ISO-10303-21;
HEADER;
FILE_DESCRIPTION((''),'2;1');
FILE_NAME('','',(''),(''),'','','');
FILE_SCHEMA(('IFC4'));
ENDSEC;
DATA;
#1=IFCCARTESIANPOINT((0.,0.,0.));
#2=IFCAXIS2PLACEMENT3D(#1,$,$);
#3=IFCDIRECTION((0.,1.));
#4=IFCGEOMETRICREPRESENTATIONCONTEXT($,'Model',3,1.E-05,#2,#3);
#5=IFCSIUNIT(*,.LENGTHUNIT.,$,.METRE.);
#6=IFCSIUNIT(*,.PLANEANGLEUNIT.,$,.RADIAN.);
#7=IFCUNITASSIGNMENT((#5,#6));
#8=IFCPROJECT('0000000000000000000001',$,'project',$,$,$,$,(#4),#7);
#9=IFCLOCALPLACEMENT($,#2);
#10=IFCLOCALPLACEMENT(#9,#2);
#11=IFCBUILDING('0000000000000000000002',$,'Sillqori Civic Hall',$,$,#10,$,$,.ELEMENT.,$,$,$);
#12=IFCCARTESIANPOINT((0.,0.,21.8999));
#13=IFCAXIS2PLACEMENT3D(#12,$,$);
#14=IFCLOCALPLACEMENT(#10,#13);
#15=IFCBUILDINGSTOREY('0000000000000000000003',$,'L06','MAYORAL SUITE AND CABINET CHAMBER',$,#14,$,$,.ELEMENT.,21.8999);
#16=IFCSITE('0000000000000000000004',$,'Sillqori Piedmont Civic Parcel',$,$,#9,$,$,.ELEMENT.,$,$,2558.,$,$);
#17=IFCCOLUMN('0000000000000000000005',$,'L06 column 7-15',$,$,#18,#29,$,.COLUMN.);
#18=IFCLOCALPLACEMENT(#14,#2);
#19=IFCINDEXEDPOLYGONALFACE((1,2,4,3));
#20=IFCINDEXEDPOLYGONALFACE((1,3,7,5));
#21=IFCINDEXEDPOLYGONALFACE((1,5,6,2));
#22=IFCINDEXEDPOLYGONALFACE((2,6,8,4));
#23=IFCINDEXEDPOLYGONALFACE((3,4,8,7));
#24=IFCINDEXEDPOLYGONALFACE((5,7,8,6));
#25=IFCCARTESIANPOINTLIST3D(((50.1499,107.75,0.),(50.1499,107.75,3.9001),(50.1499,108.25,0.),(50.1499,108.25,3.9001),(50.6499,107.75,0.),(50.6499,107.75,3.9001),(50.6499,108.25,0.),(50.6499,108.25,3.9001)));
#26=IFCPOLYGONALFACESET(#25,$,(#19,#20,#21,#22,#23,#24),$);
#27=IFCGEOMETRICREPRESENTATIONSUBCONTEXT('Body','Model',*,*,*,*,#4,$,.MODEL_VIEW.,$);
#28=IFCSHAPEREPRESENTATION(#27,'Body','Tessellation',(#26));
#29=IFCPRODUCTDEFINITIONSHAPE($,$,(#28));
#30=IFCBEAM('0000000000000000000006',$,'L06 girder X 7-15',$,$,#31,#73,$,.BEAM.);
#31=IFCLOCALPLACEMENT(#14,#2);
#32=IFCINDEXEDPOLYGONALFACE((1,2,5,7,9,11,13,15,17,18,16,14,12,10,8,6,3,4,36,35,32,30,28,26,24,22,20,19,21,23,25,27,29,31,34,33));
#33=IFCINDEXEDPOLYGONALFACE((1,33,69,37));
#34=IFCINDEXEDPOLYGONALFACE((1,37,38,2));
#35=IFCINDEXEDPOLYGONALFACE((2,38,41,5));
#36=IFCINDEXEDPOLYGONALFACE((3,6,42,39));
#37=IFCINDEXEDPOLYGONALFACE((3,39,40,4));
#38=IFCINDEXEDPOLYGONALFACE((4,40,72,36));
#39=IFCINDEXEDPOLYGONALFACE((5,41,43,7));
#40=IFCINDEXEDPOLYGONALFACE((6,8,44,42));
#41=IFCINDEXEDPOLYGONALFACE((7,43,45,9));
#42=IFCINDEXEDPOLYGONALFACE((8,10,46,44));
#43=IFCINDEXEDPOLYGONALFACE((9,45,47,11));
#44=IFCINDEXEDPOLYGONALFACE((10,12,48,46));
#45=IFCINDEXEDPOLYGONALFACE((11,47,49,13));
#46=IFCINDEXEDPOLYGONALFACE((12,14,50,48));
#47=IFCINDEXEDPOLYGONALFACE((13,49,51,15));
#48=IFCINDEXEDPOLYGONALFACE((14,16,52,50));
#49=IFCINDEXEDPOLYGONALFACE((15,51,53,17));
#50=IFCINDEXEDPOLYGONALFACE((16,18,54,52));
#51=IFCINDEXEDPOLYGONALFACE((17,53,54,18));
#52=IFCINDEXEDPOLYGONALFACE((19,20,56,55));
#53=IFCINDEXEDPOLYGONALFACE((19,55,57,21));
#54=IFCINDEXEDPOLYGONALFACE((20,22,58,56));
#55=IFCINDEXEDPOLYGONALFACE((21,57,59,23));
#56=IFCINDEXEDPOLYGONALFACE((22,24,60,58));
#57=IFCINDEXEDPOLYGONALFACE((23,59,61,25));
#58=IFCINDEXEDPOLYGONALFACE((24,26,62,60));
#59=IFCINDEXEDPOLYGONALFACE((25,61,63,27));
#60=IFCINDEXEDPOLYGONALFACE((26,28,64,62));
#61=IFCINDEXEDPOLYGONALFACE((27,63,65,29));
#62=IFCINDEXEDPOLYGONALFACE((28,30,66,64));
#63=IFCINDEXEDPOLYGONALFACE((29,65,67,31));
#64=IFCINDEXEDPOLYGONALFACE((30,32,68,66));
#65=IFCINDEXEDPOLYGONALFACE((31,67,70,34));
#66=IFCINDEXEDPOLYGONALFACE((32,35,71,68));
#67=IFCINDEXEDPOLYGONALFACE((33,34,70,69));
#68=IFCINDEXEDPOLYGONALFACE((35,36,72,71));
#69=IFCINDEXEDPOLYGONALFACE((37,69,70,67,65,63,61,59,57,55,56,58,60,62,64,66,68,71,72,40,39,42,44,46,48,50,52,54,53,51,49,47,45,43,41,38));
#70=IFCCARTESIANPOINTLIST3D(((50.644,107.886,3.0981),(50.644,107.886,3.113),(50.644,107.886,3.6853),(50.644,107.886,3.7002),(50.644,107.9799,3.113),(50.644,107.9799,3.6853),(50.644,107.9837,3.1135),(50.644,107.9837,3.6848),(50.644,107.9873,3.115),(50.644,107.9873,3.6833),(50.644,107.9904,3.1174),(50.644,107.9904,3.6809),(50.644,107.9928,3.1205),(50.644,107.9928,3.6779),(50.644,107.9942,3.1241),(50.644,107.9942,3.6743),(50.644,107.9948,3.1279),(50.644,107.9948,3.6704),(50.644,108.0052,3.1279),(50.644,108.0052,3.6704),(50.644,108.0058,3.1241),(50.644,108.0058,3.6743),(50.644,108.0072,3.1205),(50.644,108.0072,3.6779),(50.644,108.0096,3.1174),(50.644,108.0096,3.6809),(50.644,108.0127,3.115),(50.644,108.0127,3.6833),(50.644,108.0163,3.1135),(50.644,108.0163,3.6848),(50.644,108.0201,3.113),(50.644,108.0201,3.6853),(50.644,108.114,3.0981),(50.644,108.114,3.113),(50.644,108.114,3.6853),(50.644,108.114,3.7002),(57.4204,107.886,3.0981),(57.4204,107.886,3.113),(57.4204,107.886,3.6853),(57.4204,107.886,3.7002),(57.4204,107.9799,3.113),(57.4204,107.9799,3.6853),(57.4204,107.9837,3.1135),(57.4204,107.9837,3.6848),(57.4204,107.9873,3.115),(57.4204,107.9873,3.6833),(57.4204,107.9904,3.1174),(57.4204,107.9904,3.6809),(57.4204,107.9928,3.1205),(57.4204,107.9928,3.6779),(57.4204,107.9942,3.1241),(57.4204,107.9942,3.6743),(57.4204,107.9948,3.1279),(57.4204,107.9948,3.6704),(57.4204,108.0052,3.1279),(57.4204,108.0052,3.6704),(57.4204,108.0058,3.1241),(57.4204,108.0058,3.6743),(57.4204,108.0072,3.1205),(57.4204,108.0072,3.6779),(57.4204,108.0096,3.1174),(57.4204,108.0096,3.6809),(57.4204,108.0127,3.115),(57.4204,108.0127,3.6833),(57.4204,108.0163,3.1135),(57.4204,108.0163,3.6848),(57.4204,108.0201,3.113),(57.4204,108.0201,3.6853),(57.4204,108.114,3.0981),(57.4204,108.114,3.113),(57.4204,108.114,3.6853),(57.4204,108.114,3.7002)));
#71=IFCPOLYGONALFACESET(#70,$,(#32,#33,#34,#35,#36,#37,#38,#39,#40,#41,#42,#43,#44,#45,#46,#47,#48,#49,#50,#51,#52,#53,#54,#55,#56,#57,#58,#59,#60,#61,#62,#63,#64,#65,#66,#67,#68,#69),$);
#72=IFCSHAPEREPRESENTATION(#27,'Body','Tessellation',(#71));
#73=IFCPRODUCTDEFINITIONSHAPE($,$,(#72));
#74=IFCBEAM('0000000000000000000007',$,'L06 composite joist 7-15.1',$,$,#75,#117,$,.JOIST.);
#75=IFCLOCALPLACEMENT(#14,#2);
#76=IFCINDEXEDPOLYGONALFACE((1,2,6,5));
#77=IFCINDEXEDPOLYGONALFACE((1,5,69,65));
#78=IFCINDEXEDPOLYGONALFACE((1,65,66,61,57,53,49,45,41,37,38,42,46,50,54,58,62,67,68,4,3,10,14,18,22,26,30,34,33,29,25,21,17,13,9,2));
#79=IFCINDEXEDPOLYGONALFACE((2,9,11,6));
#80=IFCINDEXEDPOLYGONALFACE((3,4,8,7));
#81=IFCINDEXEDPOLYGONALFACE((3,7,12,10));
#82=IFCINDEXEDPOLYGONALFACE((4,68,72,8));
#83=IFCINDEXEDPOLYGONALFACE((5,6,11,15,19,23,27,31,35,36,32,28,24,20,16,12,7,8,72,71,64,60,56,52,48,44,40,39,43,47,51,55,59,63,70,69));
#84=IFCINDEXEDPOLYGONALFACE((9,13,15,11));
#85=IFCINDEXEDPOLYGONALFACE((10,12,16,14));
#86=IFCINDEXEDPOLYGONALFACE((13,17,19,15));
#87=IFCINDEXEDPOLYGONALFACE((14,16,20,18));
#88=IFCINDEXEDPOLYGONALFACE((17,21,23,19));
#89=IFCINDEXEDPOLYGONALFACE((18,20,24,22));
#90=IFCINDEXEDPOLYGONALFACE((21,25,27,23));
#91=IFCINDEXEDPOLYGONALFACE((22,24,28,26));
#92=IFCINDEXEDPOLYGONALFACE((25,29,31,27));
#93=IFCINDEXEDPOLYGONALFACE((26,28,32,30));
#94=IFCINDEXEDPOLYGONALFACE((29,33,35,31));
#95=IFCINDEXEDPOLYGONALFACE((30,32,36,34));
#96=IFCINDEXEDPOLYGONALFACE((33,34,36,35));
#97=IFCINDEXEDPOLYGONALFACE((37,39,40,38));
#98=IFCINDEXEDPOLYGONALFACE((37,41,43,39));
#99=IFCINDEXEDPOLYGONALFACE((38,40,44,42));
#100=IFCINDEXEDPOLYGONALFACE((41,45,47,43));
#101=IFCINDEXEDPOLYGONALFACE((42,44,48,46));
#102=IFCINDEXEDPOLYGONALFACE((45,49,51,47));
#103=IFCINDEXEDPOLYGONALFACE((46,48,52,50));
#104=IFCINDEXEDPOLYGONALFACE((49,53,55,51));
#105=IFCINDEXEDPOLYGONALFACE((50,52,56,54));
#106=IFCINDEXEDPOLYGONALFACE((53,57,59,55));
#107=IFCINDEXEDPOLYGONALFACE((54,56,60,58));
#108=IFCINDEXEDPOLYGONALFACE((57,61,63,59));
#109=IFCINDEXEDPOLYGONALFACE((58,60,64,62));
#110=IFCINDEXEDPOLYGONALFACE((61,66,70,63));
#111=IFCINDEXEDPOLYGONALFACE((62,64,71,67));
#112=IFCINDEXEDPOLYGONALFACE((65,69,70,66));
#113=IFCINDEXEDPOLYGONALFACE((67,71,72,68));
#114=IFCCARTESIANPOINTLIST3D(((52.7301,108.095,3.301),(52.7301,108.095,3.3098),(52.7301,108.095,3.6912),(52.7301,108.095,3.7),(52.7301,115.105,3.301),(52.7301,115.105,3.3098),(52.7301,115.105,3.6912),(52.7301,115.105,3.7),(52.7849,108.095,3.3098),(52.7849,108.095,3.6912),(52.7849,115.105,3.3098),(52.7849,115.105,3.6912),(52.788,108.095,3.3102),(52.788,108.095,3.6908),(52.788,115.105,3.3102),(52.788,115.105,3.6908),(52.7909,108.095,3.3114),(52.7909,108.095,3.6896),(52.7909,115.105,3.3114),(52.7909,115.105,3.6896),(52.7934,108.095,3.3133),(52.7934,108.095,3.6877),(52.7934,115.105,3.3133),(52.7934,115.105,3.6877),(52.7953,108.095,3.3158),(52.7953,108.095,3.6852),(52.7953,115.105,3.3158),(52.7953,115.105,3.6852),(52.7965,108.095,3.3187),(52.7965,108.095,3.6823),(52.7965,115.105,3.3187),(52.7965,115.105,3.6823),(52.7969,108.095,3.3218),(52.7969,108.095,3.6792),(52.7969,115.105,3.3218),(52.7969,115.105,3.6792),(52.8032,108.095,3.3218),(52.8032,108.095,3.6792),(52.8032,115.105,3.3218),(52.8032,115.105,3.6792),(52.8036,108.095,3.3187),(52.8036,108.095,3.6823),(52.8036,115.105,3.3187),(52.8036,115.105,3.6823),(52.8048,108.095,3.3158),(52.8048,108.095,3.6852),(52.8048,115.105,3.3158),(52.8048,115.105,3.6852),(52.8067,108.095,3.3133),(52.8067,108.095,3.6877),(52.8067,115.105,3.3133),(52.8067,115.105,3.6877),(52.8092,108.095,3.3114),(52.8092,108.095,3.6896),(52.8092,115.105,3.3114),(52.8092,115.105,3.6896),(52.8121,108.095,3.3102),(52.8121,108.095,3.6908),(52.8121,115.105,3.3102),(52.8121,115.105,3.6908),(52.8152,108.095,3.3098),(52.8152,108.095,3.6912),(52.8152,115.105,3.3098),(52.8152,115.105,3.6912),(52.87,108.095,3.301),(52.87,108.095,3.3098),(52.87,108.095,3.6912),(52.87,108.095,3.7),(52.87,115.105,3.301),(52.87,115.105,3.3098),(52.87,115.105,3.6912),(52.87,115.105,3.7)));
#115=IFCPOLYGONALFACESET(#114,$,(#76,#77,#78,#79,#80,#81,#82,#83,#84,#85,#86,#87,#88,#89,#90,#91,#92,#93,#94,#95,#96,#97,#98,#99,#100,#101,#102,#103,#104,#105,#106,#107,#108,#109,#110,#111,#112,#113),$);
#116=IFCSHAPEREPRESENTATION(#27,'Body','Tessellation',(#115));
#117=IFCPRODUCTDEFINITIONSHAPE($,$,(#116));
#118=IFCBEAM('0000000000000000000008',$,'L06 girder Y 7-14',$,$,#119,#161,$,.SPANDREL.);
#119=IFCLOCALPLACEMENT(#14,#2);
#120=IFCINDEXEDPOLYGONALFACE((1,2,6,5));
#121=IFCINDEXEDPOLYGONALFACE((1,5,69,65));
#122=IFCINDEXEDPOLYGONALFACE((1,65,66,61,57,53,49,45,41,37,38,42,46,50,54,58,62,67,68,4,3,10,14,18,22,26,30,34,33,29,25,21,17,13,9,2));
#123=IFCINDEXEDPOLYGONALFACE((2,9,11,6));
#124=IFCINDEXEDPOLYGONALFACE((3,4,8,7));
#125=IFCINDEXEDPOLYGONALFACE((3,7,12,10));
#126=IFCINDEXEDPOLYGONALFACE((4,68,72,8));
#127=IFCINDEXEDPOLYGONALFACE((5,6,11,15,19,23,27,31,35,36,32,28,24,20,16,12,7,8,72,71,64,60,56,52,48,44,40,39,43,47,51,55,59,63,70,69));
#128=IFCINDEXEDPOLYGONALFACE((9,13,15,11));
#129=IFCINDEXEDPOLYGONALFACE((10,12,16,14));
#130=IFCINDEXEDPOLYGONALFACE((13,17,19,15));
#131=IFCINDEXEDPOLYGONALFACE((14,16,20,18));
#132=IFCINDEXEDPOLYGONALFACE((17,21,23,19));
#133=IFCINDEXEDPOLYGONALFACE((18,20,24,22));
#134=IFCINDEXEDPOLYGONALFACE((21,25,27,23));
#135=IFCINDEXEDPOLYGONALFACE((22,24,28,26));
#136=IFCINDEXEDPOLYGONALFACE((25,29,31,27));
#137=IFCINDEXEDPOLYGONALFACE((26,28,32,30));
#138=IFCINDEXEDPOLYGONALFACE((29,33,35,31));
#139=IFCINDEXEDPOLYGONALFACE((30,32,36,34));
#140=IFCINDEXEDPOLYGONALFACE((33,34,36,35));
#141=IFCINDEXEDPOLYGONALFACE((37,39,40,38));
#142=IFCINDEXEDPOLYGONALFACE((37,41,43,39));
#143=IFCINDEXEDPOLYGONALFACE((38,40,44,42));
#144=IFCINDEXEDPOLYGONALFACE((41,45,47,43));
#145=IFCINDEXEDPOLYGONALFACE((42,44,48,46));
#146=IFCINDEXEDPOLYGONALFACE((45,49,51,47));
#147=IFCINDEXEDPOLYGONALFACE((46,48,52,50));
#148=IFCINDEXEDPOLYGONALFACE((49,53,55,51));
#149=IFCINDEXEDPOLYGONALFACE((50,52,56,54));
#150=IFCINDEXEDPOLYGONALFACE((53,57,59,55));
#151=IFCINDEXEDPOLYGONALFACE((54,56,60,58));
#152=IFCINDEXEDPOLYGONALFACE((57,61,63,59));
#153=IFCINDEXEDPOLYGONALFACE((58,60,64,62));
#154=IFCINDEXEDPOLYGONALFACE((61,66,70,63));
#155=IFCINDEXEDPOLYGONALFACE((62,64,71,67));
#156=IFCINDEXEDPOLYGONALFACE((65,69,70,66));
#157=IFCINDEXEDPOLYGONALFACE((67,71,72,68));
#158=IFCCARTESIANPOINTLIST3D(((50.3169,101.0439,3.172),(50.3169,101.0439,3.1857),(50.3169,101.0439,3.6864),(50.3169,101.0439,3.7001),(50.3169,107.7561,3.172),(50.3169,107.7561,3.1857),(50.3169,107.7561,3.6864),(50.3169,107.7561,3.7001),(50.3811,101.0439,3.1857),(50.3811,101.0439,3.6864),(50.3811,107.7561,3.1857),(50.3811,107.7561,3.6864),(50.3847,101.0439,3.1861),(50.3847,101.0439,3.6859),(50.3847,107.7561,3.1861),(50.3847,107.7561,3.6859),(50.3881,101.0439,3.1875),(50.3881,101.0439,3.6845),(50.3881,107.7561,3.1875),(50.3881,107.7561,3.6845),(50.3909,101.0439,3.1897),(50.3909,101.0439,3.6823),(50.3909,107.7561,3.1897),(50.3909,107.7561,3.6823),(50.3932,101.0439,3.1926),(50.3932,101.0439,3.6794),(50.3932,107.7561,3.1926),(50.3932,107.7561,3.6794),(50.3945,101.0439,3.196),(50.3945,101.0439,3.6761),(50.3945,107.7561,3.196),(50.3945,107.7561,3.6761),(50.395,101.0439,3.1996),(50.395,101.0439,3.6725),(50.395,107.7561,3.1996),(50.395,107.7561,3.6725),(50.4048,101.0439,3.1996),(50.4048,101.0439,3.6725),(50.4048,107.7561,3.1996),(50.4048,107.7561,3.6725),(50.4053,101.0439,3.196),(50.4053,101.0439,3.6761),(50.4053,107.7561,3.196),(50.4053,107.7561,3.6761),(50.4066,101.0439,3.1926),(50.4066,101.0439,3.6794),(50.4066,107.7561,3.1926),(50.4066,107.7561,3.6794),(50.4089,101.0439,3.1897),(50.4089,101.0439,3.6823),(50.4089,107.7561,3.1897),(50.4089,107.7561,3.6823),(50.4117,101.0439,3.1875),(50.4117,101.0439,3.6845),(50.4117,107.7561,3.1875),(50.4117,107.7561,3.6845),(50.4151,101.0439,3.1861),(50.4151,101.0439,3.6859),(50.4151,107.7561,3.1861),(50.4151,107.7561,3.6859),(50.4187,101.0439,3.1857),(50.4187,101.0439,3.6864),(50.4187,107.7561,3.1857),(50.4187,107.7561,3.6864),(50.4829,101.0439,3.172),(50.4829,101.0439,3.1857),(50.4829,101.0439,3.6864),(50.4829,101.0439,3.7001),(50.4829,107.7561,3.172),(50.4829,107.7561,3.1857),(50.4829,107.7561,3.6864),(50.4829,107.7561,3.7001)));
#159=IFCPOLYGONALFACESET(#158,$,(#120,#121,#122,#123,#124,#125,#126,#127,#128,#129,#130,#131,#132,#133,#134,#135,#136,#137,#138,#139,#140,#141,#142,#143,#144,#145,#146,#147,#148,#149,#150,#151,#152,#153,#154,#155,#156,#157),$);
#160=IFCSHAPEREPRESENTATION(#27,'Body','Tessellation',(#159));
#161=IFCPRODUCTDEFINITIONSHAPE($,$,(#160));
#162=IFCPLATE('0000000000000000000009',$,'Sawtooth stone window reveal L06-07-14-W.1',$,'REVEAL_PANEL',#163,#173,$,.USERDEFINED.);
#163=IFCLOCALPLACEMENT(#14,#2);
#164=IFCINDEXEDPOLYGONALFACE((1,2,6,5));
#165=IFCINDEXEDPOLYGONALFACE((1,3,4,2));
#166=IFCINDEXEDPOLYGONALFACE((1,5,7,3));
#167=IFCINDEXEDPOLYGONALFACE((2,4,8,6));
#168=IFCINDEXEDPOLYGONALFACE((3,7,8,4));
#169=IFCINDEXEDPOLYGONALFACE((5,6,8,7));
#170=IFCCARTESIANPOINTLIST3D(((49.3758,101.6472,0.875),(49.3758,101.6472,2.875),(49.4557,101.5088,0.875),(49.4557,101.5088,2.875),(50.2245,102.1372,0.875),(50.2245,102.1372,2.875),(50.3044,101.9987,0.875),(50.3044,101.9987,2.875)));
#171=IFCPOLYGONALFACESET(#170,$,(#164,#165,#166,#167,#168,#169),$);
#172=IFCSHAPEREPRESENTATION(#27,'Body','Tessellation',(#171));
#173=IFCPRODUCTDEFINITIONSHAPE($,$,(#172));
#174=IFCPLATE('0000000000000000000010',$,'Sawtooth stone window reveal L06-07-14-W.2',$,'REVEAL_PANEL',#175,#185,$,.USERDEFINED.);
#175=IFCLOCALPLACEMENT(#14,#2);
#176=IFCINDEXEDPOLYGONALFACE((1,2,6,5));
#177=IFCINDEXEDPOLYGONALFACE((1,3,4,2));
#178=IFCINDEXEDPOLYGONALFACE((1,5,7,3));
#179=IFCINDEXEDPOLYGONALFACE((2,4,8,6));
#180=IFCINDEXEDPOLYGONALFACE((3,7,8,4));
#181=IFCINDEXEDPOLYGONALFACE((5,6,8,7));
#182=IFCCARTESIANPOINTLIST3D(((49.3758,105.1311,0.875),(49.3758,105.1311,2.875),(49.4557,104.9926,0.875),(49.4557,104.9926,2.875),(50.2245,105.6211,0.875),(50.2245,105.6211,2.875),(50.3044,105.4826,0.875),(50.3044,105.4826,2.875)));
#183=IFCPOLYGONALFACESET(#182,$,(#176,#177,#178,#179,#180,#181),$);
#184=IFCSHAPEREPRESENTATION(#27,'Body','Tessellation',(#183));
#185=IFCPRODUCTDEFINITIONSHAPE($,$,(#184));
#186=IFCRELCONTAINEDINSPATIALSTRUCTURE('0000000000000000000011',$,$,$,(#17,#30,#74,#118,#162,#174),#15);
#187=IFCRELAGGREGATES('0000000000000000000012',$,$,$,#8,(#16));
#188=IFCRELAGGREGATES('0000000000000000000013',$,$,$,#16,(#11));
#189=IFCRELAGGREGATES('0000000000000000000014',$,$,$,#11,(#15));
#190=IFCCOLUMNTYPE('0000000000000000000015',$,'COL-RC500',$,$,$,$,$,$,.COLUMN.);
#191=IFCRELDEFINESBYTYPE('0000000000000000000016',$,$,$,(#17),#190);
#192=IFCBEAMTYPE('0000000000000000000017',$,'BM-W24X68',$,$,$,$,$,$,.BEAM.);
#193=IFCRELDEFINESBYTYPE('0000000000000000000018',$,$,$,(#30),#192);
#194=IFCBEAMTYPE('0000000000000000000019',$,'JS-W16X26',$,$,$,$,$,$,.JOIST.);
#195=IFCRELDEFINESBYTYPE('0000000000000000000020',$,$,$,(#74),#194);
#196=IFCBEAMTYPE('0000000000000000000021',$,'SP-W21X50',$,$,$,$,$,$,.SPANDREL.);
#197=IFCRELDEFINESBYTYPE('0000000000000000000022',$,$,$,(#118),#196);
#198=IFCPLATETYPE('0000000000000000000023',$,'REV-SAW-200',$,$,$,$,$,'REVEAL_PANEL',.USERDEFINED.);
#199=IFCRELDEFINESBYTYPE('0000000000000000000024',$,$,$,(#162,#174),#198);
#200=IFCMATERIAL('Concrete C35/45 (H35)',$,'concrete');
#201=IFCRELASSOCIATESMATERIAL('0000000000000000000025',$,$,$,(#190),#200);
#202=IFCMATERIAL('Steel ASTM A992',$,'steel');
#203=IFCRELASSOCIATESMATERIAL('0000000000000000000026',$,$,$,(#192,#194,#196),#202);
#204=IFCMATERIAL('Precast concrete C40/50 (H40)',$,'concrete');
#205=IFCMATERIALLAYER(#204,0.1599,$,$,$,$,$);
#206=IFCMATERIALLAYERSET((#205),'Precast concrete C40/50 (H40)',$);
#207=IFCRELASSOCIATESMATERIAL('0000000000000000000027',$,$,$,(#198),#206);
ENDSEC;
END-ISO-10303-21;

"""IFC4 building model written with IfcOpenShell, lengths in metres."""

from ifc_helpers import new_model, si_unit, direction, frame, origin, origin_2d, place, context, subcontext, project, spatial, rectangle, i_section, extrude, material, layer, layer_set, material_profile, profile_set, type_object, element, save


model = new_model("IFC4")

# Units and contexts
model_context = context("Model", 3, precision=1e-05, world=origin(), true_north=direction((0.0, 1.0)))
body_context = subcontext(model_context, "Body", "Model", "MODEL_VIEW")
ifc_project = project(units=[si_unit("LENGTHUNIT", "METRE"), si_unit("PLANEANGLEUNIT", "RADIAN")], contexts=[model_context])

# Site, building, storey
site_placement = place(None, origin())
site = spatial("IfcSite", under=ifc_project, at=site_placement, Name="Sillqori Piedmont Civic Parcel", CompositionType="ELEMENT", RefElevation=2558.0)
building_placement = place(site_placement, origin())
building = spatial("IfcBuilding", under=site, at=building_placement, Name="Sillqori Civic Hall", CompositionType="ELEMENT")
storey_placement = place(building_placement, frame((0.0, 0.0, 21.8999)))
storey = spatial("IfcBuildingStorey", under=building, at=storey_placement, Name="L06", Description="MAYORAL SUITE AND CABINET CHAMBER", CompositionType="ELEMENT", Elevation=21.8999)

# Column
ifc_material_1 = material(Name="Concrete C35/45 (H35)", Category="concrete")
ifc_material_profile_1 = material_profile(ifc_material_1, rectangle(XDim=0.5, YDim=0.5, at=origin_2d()), Name="RC 500x500")
ifc_profile_set_1 = profile_set([ifc_material_profile_1], Name="Concrete C35/45 (H35)")
column_type = type_object("IfcColumnType", Name="COL-RC500", PredefinedType="COLUMN", material=ifc_profile_set_1)
column_placement = place(storey_placement, frame((50.3999, 108.0, 0.0), z_axis=(0.0, 0.0, 1.0), x_axis=(1.0, 0.0, 0.0)))
element("IfcColumn", 1, at=column_placement, inside=storey, type_object=column_type, Name="L06 column 7-15", PredefinedType="COLUMN", context=body_context, shape_type="SweptSolid", body=[
    extrude(rectangle(XDim=0.5, YDim=0.5, at=origin_2d()), origin(), (0.0, 0.0, 1.0), 3.9001),
])

# Beams
ifc_material_2 = material(Name="Steel ASTM A992", Category="steel")
ifc_material_profile_2 = material_profile(ifc_material_2, i_section(OverallWidth=0.228, OverallDepth=0.6021, WebThickness=0.0105, FlangeThickness=0.0149, FilletRadius=0.0149, at=origin_2d()), Name="W24X68")
ifc_profile_set_2 = profile_set([ifc_material_profile_2], Name="Steel ASTM A992")
beam_type_1 = type_object("IfcBeamType", Name="BM-W24X68", PredefinedType="BEAM", material=ifc_profile_set_2)
beam_1_placement = place(storey_placement, frame((50.644, 108.0, 3.3992), z_axis=(1.0, 0.0, 0.0), x_axis=(0.0, 1.0, 0.0)))
element("IfcBeam", 2, at=beam_1_placement, inside=storey, type_object=beam_type_1, Name="L06 girder X 7-15", PredefinedType="BEAM", context=body_context, shape_type="SweptSolid", body=[
    extrude(i_section(OverallWidth=0.228, OverallDepth=0.6021, WebThickness=0.0105, FlangeThickness=0.0149, FilletRadius=0.0149, at=origin_2d()), origin(), (0.0, 0.0, 1.0), 6.7764),
])
ifc_material_profile_3 = material_profile(ifc_material_2, i_section(OverallWidth=0.1399, OverallDepth=0.3989, WebThickness=0.0063, FlangeThickness=0.0088, FilletRadius=0.012, at=origin_2d()), Name="W16X26")
ifc_profile_set_3 = profile_set([ifc_material_profile_3], Name="Steel ASTM A992")
beam_type_2 = type_object("IfcBeamType", Name="JS-W16X26", PredefinedType="JOIST", material=ifc_profile_set_3)
beam_2_placement = place(storey_placement, frame((52.8, 108.095, 3.5005), z_axis=(0.0, 1.0, 0.0), x_axis=(-1.0, 0.0, 0.0)))
element("IfcBeam", 3, at=beam_2_placement, inside=storey, type_object=beam_type_2, Name="L06 composite joist 7-15.1", PredefinedType="JOIST", context=body_context, shape_type="SweptSolid", body=[
    extrude(i_section(OverallWidth=0.1399, OverallDepth=0.3989, WebThickness=0.0063, FlangeThickness=0.0088, FilletRadius=0.012, at=origin_2d()), origin(), (0.0, 0.0, 1.0), 7.01),
])
ifc_material_profile_4 = material_profile(ifc_material_2, i_section(OverallWidth=0.166, OverallDepth=0.5281, WebThickness=0.0098, FlangeThickness=0.0137, FilletRadius=0.0139, at=origin_2d()), Name="W21X50")
ifc_profile_set_4 = profile_set([ifc_material_profile_4], Name="Steel ASTM A992")
beam_type_3 = type_object("IfcBeamType", Name="SP-W21X50", PredefinedType="SPANDREL", material=ifc_profile_set_4)
beam_3_placement = place(storey_placement, frame((50.3999, 101.0439, 3.436), z_axis=(0.0, 1.0, 0.0), x_axis=(-1.0, 0.0, 0.0)))
element("IfcBeam", 4, at=beam_3_placement, inside=storey, type_object=beam_type_3, Name="L06 girder Y 7-14", PredefinedType="SPANDREL", context=body_context, shape_type="SweptSolid", body=[
    extrude(i_section(OverallWidth=0.166, OverallDepth=0.5281, WebThickness=0.0098, FlangeThickness=0.0137, FilletRadius=0.0139, at=origin_2d()), origin(), (0.0, 0.0, 1.0), 6.7122),
])

# Plates
ifc_material_3 = material(Name="Precast concrete C40/50 (H40)", Category="concrete")
ifc_layer_1 = layer(ifc_material_3, 0.1599)
ifc_layer_set_1 = layer_set([ifc_layer_1], Name="Precast concrete C40/50 (H40)")
plate_type = type_object("IfcPlateType", Name="REV-SAW-200", ElementType="REVEAL_PANEL", PredefinedType="USERDEFINED", material=ifc_layer_set_1)
for number, where, z_axis, x_axis, name in (
    (5, (49.8401, 101.823, 0.875), (0.0, 0.0, 1.0), (-0.5, 0.866025, 0.0), "Sawtooth stone window reveal L06-07-14-W.1"),
    (6, (49.8401, 105.3069, 0.875), (0.0, 0.0, 1.0), (-0.5, 0.866025, 0.0), "Sawtooth stone window reveal L06-07-14-W.2"),
):
    element("IfcPlate", number, at=place(storey_placement, frame(where, z_axis=z_axis, x_axis=x_axis)), inside=storey, type_object=plate_type, Name=name, ObjectType="REVEAL_PANEL", PredefinedType="USERDEFINED", context=body_context, shape_type="SweptSolid", body=[
        extrude(rectangle(XDim=0.1599, YDim=0.98, at=origin_2d()), origin(), (0.0, 0.0, 1.0), 2.0),
    ])

save(model, "model.ifc")
